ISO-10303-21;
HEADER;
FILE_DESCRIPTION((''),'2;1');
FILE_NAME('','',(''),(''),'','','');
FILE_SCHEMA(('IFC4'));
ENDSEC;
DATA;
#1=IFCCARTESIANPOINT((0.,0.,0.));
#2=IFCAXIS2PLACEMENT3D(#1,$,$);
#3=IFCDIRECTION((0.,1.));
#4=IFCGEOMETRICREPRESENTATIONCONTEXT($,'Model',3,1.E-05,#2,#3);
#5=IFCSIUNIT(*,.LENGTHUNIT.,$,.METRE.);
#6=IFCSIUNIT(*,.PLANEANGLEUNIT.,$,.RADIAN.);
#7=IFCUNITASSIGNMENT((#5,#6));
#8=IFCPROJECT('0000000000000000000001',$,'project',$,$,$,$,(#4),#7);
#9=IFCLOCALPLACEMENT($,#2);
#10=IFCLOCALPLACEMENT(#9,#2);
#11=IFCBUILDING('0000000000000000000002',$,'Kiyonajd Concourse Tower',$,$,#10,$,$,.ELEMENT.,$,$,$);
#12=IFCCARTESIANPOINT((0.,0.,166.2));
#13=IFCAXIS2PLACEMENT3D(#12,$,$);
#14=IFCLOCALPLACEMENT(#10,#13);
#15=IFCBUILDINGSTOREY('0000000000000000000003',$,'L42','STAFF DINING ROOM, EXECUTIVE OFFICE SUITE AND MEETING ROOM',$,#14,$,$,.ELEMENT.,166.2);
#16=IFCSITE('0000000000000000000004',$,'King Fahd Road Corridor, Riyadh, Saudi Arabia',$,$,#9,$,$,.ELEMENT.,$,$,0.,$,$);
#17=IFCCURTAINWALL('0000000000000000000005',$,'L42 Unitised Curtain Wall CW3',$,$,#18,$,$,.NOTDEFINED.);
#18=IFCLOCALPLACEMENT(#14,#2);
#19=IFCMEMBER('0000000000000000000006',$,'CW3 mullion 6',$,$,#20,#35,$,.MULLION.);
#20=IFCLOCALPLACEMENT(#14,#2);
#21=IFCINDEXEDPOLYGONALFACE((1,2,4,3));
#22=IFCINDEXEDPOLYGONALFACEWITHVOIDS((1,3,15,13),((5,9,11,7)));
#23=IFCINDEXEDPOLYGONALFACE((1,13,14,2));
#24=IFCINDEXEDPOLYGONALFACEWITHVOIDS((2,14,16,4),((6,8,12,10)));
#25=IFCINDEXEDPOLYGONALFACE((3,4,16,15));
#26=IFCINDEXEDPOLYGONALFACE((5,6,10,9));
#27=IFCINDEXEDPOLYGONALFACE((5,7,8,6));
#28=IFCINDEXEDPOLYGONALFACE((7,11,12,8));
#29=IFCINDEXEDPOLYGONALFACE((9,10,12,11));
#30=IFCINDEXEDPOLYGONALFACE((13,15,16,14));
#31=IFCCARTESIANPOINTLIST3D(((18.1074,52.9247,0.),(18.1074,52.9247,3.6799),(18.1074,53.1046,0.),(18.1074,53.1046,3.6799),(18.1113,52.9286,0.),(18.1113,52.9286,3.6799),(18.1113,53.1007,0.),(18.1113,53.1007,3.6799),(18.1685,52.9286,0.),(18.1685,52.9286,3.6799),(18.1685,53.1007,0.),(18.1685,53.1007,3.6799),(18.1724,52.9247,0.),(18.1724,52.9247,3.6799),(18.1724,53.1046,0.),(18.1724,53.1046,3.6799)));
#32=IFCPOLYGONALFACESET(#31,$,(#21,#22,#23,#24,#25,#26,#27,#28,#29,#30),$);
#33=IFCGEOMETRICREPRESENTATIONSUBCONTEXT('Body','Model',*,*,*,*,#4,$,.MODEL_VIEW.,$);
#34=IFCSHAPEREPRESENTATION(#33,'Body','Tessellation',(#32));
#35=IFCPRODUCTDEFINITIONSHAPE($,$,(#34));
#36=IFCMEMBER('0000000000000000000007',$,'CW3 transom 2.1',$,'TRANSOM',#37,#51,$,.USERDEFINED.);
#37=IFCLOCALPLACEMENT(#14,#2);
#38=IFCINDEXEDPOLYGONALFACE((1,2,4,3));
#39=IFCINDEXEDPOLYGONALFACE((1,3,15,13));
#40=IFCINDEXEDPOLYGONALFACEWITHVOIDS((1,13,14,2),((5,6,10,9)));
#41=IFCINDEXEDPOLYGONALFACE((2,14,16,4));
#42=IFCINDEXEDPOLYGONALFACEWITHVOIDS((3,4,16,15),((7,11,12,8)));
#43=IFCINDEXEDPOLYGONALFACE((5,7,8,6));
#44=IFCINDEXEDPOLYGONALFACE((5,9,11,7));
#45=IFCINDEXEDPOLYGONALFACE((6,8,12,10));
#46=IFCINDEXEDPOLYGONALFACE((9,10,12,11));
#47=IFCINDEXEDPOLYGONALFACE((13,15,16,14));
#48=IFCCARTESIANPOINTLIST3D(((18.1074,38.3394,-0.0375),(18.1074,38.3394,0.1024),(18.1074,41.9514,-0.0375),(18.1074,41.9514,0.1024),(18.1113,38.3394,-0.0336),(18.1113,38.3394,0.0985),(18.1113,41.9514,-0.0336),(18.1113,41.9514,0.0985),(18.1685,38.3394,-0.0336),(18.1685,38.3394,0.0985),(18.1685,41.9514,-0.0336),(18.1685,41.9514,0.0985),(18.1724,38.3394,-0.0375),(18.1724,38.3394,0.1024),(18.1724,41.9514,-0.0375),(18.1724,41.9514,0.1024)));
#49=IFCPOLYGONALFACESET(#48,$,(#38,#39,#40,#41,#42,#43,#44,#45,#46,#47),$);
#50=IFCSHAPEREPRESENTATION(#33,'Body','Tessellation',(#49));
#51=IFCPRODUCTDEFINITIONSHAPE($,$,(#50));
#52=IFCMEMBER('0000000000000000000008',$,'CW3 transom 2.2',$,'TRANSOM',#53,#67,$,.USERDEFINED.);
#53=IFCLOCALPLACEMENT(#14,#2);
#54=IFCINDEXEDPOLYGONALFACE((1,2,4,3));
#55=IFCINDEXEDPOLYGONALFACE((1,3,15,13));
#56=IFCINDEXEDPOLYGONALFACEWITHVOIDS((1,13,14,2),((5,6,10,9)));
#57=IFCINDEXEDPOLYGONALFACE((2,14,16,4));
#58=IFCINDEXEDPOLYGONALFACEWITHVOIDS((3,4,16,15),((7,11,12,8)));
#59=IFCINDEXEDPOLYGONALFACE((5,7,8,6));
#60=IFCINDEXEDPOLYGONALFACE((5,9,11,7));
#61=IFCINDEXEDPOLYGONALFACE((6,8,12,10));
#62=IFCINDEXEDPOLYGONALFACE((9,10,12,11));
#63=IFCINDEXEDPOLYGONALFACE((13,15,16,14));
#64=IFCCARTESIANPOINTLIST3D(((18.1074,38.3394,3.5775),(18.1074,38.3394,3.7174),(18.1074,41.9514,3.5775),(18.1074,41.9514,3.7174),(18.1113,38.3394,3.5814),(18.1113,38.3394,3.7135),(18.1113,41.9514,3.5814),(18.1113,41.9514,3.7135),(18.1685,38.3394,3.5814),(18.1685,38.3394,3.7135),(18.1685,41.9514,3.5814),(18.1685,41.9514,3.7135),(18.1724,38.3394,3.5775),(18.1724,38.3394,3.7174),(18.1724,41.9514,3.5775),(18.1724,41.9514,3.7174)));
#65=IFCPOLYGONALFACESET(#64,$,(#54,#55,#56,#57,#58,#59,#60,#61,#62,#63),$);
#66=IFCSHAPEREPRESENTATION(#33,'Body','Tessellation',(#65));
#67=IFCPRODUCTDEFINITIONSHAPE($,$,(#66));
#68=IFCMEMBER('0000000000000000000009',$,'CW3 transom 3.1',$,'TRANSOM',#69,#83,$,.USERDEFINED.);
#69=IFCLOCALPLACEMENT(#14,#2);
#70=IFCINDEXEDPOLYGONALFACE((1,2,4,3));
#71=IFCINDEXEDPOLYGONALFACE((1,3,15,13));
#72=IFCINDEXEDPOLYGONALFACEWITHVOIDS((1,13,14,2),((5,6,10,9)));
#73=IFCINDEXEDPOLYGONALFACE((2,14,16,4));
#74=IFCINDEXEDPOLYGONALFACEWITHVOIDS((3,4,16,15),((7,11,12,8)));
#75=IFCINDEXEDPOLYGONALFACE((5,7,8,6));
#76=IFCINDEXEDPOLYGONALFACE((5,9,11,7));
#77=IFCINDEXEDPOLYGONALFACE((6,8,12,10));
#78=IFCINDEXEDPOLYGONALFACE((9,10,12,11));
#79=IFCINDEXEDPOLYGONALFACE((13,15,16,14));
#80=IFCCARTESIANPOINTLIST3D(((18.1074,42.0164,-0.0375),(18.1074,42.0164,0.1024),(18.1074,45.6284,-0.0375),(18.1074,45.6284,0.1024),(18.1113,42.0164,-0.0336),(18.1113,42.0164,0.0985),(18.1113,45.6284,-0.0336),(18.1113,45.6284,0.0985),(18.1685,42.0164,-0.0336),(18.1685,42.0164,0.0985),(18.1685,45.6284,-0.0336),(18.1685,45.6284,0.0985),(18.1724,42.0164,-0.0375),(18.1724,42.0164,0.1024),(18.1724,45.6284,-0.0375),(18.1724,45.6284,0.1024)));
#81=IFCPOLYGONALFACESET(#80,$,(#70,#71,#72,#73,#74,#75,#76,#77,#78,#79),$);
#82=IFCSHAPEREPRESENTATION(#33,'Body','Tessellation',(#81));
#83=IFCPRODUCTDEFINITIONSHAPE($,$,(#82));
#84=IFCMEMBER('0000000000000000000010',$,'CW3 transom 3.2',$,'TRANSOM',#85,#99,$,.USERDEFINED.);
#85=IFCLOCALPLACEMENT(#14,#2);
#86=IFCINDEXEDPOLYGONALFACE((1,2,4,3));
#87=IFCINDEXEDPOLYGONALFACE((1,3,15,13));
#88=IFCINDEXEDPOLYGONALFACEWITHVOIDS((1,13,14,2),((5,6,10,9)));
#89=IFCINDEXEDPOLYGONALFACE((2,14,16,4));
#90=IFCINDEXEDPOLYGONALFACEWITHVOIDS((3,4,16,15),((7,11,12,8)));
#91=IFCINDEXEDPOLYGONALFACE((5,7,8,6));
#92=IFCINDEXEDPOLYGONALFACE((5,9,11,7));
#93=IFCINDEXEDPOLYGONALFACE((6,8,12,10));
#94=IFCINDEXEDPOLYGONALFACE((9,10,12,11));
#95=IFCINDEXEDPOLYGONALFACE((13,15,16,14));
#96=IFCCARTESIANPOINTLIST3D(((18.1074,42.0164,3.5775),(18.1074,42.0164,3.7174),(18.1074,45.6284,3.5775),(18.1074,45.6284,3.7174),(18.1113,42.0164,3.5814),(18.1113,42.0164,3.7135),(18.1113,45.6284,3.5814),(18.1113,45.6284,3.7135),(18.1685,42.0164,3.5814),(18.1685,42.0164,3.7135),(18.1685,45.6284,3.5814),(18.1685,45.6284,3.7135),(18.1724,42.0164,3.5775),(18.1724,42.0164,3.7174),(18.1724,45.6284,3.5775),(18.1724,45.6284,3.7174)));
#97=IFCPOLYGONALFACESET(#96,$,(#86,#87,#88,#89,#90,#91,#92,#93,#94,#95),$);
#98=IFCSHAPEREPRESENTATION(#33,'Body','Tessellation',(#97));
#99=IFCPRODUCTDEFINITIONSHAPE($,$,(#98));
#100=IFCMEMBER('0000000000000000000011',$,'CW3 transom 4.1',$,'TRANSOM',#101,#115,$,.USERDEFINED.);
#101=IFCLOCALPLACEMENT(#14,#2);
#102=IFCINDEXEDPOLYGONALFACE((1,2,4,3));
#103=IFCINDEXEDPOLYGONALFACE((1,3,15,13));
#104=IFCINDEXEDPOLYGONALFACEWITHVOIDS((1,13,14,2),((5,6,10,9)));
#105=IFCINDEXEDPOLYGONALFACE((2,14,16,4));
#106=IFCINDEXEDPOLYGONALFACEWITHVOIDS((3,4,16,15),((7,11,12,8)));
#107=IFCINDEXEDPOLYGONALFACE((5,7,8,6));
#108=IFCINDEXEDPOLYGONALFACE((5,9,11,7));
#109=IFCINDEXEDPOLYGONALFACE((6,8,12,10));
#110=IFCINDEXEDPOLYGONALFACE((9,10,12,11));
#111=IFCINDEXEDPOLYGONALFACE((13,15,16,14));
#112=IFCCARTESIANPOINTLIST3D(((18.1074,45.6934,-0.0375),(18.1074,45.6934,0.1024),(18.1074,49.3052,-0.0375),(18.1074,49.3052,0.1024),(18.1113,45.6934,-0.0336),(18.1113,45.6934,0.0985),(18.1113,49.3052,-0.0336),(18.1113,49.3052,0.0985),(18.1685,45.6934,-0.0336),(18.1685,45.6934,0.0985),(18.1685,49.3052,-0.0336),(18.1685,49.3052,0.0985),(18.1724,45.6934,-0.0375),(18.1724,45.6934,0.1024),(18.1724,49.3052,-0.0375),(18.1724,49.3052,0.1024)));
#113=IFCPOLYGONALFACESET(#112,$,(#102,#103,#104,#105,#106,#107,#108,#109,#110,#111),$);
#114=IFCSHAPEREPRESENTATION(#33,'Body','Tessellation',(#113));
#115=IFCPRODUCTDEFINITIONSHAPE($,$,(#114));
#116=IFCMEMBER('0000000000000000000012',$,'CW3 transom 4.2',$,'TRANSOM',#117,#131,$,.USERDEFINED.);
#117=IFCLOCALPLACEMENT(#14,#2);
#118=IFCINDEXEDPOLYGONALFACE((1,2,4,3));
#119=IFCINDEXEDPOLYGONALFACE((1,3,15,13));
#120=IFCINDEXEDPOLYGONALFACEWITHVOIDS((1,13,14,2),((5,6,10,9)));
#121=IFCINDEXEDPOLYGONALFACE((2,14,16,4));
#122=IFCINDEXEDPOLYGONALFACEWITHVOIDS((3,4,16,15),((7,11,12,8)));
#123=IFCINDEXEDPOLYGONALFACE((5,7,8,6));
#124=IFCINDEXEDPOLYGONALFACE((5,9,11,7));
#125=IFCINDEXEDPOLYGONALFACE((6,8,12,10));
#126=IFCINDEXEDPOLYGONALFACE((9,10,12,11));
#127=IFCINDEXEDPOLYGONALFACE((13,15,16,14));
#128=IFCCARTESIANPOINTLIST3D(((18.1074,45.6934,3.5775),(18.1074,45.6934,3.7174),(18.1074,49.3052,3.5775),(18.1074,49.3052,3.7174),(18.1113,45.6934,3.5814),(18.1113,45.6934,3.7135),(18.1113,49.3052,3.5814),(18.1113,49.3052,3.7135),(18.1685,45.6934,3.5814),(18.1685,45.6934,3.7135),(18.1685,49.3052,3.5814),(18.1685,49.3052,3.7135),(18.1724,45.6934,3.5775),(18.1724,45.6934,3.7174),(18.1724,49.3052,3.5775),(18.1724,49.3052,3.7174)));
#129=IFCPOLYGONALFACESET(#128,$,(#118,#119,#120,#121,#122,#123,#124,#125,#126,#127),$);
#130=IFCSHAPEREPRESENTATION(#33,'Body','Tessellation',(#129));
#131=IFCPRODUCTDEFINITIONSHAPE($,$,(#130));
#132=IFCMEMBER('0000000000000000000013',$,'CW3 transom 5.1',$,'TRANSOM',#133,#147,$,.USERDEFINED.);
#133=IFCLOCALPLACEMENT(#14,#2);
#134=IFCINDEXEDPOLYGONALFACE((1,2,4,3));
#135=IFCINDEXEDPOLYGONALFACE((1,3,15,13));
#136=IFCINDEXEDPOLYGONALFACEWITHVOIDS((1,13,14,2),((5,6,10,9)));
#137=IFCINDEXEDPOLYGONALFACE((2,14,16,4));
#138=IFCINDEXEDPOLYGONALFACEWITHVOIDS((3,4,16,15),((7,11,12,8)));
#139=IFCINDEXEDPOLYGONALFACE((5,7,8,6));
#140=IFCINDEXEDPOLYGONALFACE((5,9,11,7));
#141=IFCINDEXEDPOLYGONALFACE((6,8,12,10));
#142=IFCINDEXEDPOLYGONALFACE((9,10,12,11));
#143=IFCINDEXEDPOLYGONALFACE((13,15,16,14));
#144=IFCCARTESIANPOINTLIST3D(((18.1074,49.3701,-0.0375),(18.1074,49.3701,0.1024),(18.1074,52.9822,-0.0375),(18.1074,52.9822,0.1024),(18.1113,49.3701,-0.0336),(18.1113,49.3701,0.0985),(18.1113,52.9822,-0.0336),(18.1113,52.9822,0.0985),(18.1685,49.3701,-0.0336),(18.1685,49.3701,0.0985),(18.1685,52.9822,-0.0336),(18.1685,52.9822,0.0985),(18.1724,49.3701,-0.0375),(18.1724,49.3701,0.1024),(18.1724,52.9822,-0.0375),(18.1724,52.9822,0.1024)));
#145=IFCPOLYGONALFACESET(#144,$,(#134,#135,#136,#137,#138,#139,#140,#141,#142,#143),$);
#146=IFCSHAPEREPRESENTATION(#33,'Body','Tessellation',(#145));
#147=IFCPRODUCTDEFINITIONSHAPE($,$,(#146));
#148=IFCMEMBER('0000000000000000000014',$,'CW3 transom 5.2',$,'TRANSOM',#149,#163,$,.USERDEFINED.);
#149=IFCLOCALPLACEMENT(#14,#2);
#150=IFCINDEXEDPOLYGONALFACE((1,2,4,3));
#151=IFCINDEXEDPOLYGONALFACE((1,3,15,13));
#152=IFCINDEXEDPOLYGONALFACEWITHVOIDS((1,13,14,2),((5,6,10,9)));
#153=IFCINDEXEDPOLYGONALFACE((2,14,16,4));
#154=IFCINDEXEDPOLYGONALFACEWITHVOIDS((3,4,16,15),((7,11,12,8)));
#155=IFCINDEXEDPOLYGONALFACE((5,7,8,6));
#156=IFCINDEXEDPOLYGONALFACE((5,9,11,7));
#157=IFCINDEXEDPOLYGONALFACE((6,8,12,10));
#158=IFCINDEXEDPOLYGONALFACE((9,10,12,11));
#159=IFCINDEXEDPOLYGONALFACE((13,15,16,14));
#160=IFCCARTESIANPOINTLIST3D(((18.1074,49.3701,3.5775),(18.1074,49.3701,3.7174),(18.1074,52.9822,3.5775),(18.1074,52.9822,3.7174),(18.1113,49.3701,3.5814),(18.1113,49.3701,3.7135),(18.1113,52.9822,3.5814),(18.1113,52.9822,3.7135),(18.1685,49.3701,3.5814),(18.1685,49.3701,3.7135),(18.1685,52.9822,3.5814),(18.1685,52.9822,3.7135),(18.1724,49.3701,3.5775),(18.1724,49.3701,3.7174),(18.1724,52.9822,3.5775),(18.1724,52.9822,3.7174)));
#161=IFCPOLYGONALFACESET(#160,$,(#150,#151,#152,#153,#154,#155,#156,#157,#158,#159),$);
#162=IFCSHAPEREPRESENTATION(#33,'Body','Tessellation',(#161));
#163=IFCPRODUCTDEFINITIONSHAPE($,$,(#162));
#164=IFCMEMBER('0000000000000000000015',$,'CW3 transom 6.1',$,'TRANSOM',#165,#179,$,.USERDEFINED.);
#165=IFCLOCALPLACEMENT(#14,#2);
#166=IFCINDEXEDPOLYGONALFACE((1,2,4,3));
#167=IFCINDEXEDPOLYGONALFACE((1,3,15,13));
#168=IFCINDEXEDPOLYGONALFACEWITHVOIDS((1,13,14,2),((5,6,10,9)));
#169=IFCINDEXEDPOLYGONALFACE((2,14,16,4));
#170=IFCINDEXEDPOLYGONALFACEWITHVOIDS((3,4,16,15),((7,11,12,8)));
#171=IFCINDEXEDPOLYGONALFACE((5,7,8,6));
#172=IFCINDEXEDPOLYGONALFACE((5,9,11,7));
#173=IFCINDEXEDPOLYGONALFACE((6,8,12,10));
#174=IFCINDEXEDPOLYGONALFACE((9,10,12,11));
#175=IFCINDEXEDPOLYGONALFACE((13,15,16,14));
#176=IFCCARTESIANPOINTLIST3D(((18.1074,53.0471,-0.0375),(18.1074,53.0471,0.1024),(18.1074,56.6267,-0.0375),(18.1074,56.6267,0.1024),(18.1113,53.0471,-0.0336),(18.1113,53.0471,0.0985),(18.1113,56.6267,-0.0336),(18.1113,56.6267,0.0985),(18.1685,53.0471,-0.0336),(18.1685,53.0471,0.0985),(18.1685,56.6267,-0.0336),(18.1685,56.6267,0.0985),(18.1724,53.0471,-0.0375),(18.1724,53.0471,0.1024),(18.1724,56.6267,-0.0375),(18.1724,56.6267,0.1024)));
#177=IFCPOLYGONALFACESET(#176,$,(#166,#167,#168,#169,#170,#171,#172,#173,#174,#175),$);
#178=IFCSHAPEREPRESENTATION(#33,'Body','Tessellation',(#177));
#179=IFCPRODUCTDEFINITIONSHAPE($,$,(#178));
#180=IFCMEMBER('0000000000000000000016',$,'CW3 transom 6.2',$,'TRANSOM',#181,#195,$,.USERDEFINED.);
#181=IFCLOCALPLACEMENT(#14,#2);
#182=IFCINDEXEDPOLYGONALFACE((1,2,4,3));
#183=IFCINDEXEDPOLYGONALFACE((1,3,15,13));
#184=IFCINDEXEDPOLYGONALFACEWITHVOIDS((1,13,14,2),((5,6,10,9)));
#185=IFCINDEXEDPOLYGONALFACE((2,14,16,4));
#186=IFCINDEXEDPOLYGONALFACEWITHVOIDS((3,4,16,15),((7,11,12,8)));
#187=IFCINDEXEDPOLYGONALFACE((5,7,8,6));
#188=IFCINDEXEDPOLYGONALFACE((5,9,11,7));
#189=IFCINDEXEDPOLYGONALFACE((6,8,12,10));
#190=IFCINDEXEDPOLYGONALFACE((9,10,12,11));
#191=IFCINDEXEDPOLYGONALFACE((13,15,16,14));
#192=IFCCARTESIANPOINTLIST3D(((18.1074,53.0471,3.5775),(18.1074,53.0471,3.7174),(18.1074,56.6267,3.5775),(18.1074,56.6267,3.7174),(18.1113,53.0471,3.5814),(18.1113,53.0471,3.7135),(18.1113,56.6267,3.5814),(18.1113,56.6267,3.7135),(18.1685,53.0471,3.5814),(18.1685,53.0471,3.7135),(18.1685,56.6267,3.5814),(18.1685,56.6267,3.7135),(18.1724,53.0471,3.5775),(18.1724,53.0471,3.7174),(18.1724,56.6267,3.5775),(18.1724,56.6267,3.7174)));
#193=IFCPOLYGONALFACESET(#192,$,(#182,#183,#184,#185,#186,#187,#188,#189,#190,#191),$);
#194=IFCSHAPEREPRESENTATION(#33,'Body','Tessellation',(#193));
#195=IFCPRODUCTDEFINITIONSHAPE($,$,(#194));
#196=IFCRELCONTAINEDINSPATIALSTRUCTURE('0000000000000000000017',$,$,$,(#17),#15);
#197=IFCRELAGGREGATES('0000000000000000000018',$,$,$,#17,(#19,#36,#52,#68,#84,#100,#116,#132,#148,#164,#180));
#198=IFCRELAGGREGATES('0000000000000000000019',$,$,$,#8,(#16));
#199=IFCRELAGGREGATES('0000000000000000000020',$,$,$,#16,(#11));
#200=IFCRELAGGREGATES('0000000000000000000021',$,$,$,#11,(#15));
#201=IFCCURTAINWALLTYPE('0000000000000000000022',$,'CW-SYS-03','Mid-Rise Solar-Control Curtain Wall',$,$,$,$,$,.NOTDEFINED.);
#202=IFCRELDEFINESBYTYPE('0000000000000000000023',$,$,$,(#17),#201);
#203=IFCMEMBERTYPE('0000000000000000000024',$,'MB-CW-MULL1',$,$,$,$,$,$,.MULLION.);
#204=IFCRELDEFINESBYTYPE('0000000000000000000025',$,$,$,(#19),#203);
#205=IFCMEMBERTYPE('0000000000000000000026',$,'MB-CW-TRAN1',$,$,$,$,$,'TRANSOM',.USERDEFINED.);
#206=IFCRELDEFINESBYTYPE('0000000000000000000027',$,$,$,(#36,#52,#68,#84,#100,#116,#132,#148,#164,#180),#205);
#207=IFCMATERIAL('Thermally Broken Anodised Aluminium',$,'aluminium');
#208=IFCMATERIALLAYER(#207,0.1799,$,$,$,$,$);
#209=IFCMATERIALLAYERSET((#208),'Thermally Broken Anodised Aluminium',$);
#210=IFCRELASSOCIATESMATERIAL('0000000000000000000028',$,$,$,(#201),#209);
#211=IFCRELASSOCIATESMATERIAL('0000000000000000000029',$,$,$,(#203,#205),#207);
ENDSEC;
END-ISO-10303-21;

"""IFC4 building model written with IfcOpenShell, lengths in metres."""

from ifc_helpers import new_model, si_unit, direction, frame, origin, origin_2d, place, context, subcontext, project, spatial, hollow_rectangle, extrude, material, layer, layer_set, material_profile, profile_set, type_object, element, aggregate, save


model = new_model("IFC4")

# Units and contexts
model_context = context("Model", 3, precision=1e-05, world=origin(), true_north=direction((0.0, 1.0)))
body_context = subcontext(model_context, "Body", "Model", "MODEL_VIEW")
ifc_project = project(units=[si_unit("LENGTHUNIT", "METRE"), si_unit("PLANEANGLEUNIT", "RADIAN")], contexts=[model_context])

# Site, building, storey
site_placement = place(None, origin())
site = spatial("IfcSite", under=ifc_project, at=site_placement, Name="King Fahd Road Corridor, Riyadh, Saudi Arabia", CompositionType="ELEMENT", RefElevation=0.0)
building_placement = place(site_placement, origin())
building = spatial("IfcBuilding", under=site, at=building_placement, Name="Kiyonajd Concourse Tower", CompositionType="ELEMENT")
storey_placement = place(building_placement, frame((0.0, 0.0, 166.2)))
storey = spatial("IfcBuildingStorey", under=building, at=storey_placement, Name="L42", Description="STAFF DINING ROOM, EXECUTIVE OFFICE SUITE AND MEETING ROOM", CompositionType="ELEMENT", Elevation=166.2)

# Curtain wall, members
ifc_material_1 = material(Name="Thermally Broken Anodised Aluminium", Category="aluminium")
ifc_layer_1 = layer(ifc_material_1, 0.1799)
ifc_layer_set_1 = layer_set([ifc_layer_1], Name="Thermally Broken Anodised Aluminium")
curtain_wall_type = type_object("IfcCurtainWallType", Name="CW-SYS-03", Description="Mid-Rise Solar-Control Curtain Wall", PredefinedType="NOTDEFINED", material=ifc_layer_set_1)
curtain_wall_placement = place(storey_placement, origin())
curtain_wall = element("IfcCurtainWall", 1, at=curtain_wall_placement, inside=storey, type_object=curtain_wall_type, Name="L42 Unitised Curtain Wall CW3", PredefinedType="NOTDEFINED")
ifc_material_profile_1 = material_profile(ifc_material_1, hollow_rectangle(XDim=0.0649, YDim=0.1799, WallThickness=0.0039, at=origin_2d()), Name="MULL-65x180")
ifc_profile_set_1 = profile_set([ifc_material_profile_1], Name="Thermally Broken Anodised Aluminium")
member_type_1 = type_object("IfcMemberType", Name="MB-CW-MULL1", PredefinedType="MULLION", material=ifc_profile_set_1)
member_1_placement = place(storey_placement, frame((18.1399, 53.0146, 0.0), z_axis=(0.0, 0.0, 1.0), x_axis=(-1.0, 0.0, 0.0)))
member_1 = element("IfcMember", 2, at=member_1_placement, type_object=member_type_1, Name="CW3 mullion 6", PredefinedType="MULLION", context=body_context, shape_type="SweptSolid", body=[
    extrude(hollow_rectangle(XDim=0.0649, YDim=0.1799, WallThickness=0.0039, at=origin_2d()), origin(), (0.0, 0.0, 1.0), 3.6799),
])
ifc_material_profile_2 = material_profile(ifc_material_1, hollow_rectangle(XDim=0.0649, YDim=0.1399, WallThickness=0.0039, at=origin_2d()), Name="TRAN-65x140")
ifc_profile_set_2 = profile_set([ifc_material_profile_2], Name="Thermally Broken Anodised Aluminium")
member_type_2 = type_object("IfcMemberType", Name="MB-CW-TRAN1", ElementType="TRANSOM", PredefinedType="USERDEFINED", material=ifc_profile_set_2)
member_2_placement = place(storey_placement, frame((18.1399, 38.3394, 0.0325), z_axis=(0.0, 1.0, 0.0), x_axis=(-1.0, 0.0, 0.0)))
member_2 = element("IfcMember", 3, at=member_2_placement, type_object=member_type_2, Name="CW3 transom 2.1", ObjectType="TRANSOM", PredefinedType="USERDEFINED", context=body_context, shape_type="SweptSolid", body=[
    extrude(hollow_rectangle(XDim=0.0649, YDim=0.1399, WallThickness=0.0039, at=origin_2d()), origin(), (0.0, 0.0, 1.0), 3.6121),
])
member_3_placement = place(storey_placement, frame((18.1399, 38.3394, 3.6475), z_axis=(0.0, 1.0, 0.0), x_axis=(-1.0, 0.0, 0.0)))
member_3 = element("IfcMember", 4, at=member_3_placement, type_object=member_type_2, Name="CW3 transom 2.2", ObjectType="TRANSOM", PredefinedType="USERDEFINED", context=body_context, shape_type="SweptSolid", body=[
    extrude(hollow_rectangle(XDim=0.0649, YDim=0.1399, WallThickness=0.0039, at=origin_2d()), origin(), (0.0, 0.0, 1.0), 3.6121),
])
member_4_placement = place(storey_placement, frame((18.1399, 42.0164, 0.0325), z_axis=(0.0, 1.0, 0.0), x_axis=(-1.0, 0.0, 0.0)))
member_4 = element("IfcMember", 5, at=member_4_placement, type_object=member_type_2, Name="CW3 transom 3.1", ObjectType="TRANSOM", PredefinedType="USERDEFINED", context=body_context, shape_type="SweptSolid", body=[
    extrude(hollow_rectangle(XDim=0.0649, YDim=0.1399, WallThickness=0.0039, at=origin_2d()), origin(), (0.0, 0.0, 1.0), 3.6121),
])
member_5_placement = place(storey_placement, frame((18.1399, 42.0164, 3.6475), z_axis=(0.0, 1.0, 0.0), x_axis=(-1.0, 0.0, 0.0)))
member_5 = element("IfcMember", 6, at=member_5_placement, type_object=member_type_2, Name="CW3 transom 3.2", ObjectType="TRANSOM", PredefinedType="USERDEFINED", context=body_context, shape_type="SweptSolid", body=[
    extrude(hollow_rectangle(XDim=0.0649, YDim=0.1399, WallThickness=0.0039, at=origin_2d()), origin(), (0.0, 0.0, 1.0), 3.6121),
])
member_6_placement = place(storey_placement, frame((18.1399, 45.6934, 0.0325), z_axis=(0.0, 1.0, 0.0), x_axis=(-1.0, 0.0, 0.0)))
member_6 = element("IfcMember", 7, at=member_6_placement, type_object=member_type_2, Name="CW3 transom 4.1", ObjectType="TRANSOM", PredefinedType="USERDEFINED", context=body_context, shape_type="SweptSolid", body=[
    extrude(hollow_rectangle(XDim=0.0649, YDim=0.1399, WallThickness=0.0039, at=origin_2d()), origin(), (0.0, 0.0, 1.0), 3.6118),
])
member_7_placement = place(storey_placement, frame((18.1399, 45.6934, 3.6475), z_axis=(0.0, 1.0, 0.0), x_axis=(-1.0, 0.0, 0.0)))
member_7 = element("IfcMember", 8, at=member_7_placement, type_object=member_type_2, Name="CW3 transom 4.2", ObjectType="TRANSOM", PredefinedType="USERDEFINED", context=body_context, shape_type="SweptSolid", body=[
    extrude(hollow_rectangle(XDim=0.0649, YDim=0.1399, WallThickness=0.0039, at=origin_2d()), origin(), (0.0, 0.0, 1.0), 3.6118),
])
member_8_placement = place(storey_placement, frame((18.1399, 49.3701, 0.0325), z_axis=(0.0, 1.0, 0.0), x_axis=(-1.0, 0.0, 0.0)))
member_8 = element("IfcMember", 9, at=member_8_placement, type_object=member_type_2, Name="CW3 transom 5.1", ObjectType="TRANSOM", PredefinedType="USERDEFINED", context=body_context, shape_type="SweptSolid", body=[
    extrude(hollow_rectangle(XDim=0.0649, YDim=0.1399, WallThickness=0.0039, at=origin_2d()), origin(), (0.0, 0.0, 1.0), 3.6121),
])
member_9_placement = place(storey_placement, frame((18.1399, 49.3701, 3.6475), z_axis=(0.0, 1.0, 0.0), x_axis=(-1.0, 0.0, 0.0)))
member_9 = element("IfcMember", 10, at=member_9_placement, type_object=member_type_2, Name="CW3 transom 5.2", ObjectType="TRANSOM", PredefinedType="USERDEFINED", context=body_context, shape_type="SweptSolid", body=[
    extrude(hollow_rectangle(XDim=0.0649, YDim=0.1399, WallThickness=0.0039, at=origin_2d()), origin(), (0.0, 0.0, 1.0), 3.6121),
])
member_10_placement = place(storey_placement, frame((18.1399, 53.0471, 0.0325), z_axis=(0.0, 1.0, 0.0), x_axis=(-1.0, 0.0, 0.0)))
member_10 = element("IfcMember", 11, at=member_10_placement, type_object=member_type_2, Name="CW3 transom 6.1", ObjectType="TRANSOM", PredefinedType="USERDEFINED", context=body_context, shape_type="SweptSolid", body=[
    extrude(hollow_rectangle(XDim=0.0649, YDim=0.1399, WallThickness=0.0039, at=origin_2d()), origin(), (0.0, 0.0, 1.0), 3.5796),
])
member_11_placement = place(storey_placement, frame((18.1399, 53.0471, 3.6475), z_axis=(0.0, 1.0, 0.0), x_axis=(-1.0, 0.0, 0.0)))
member_11 = element("IfcMember", 12, at=member_11_placement, type_object=member_type_2, Name="CW3 transom 6.2", ObjectType="TRANSOM", PredefinedType="USERDEFINED", context=body_context, shape_type="SweptSolid", body=[
    extrude(hollow_rectangle(XDim=0.0649, YDim=0.1399, WallThickness=0.0039, at=origin_2d()), origin(), (0.0, 0.0, 1.0), 3.5796),
])
aggregate(curtain_wall, [member_1, member_2, member_3, member_4, member_5, member_6, member_7, member_8, member_9, member_10, member_11])

save(model, "model.ifc")
